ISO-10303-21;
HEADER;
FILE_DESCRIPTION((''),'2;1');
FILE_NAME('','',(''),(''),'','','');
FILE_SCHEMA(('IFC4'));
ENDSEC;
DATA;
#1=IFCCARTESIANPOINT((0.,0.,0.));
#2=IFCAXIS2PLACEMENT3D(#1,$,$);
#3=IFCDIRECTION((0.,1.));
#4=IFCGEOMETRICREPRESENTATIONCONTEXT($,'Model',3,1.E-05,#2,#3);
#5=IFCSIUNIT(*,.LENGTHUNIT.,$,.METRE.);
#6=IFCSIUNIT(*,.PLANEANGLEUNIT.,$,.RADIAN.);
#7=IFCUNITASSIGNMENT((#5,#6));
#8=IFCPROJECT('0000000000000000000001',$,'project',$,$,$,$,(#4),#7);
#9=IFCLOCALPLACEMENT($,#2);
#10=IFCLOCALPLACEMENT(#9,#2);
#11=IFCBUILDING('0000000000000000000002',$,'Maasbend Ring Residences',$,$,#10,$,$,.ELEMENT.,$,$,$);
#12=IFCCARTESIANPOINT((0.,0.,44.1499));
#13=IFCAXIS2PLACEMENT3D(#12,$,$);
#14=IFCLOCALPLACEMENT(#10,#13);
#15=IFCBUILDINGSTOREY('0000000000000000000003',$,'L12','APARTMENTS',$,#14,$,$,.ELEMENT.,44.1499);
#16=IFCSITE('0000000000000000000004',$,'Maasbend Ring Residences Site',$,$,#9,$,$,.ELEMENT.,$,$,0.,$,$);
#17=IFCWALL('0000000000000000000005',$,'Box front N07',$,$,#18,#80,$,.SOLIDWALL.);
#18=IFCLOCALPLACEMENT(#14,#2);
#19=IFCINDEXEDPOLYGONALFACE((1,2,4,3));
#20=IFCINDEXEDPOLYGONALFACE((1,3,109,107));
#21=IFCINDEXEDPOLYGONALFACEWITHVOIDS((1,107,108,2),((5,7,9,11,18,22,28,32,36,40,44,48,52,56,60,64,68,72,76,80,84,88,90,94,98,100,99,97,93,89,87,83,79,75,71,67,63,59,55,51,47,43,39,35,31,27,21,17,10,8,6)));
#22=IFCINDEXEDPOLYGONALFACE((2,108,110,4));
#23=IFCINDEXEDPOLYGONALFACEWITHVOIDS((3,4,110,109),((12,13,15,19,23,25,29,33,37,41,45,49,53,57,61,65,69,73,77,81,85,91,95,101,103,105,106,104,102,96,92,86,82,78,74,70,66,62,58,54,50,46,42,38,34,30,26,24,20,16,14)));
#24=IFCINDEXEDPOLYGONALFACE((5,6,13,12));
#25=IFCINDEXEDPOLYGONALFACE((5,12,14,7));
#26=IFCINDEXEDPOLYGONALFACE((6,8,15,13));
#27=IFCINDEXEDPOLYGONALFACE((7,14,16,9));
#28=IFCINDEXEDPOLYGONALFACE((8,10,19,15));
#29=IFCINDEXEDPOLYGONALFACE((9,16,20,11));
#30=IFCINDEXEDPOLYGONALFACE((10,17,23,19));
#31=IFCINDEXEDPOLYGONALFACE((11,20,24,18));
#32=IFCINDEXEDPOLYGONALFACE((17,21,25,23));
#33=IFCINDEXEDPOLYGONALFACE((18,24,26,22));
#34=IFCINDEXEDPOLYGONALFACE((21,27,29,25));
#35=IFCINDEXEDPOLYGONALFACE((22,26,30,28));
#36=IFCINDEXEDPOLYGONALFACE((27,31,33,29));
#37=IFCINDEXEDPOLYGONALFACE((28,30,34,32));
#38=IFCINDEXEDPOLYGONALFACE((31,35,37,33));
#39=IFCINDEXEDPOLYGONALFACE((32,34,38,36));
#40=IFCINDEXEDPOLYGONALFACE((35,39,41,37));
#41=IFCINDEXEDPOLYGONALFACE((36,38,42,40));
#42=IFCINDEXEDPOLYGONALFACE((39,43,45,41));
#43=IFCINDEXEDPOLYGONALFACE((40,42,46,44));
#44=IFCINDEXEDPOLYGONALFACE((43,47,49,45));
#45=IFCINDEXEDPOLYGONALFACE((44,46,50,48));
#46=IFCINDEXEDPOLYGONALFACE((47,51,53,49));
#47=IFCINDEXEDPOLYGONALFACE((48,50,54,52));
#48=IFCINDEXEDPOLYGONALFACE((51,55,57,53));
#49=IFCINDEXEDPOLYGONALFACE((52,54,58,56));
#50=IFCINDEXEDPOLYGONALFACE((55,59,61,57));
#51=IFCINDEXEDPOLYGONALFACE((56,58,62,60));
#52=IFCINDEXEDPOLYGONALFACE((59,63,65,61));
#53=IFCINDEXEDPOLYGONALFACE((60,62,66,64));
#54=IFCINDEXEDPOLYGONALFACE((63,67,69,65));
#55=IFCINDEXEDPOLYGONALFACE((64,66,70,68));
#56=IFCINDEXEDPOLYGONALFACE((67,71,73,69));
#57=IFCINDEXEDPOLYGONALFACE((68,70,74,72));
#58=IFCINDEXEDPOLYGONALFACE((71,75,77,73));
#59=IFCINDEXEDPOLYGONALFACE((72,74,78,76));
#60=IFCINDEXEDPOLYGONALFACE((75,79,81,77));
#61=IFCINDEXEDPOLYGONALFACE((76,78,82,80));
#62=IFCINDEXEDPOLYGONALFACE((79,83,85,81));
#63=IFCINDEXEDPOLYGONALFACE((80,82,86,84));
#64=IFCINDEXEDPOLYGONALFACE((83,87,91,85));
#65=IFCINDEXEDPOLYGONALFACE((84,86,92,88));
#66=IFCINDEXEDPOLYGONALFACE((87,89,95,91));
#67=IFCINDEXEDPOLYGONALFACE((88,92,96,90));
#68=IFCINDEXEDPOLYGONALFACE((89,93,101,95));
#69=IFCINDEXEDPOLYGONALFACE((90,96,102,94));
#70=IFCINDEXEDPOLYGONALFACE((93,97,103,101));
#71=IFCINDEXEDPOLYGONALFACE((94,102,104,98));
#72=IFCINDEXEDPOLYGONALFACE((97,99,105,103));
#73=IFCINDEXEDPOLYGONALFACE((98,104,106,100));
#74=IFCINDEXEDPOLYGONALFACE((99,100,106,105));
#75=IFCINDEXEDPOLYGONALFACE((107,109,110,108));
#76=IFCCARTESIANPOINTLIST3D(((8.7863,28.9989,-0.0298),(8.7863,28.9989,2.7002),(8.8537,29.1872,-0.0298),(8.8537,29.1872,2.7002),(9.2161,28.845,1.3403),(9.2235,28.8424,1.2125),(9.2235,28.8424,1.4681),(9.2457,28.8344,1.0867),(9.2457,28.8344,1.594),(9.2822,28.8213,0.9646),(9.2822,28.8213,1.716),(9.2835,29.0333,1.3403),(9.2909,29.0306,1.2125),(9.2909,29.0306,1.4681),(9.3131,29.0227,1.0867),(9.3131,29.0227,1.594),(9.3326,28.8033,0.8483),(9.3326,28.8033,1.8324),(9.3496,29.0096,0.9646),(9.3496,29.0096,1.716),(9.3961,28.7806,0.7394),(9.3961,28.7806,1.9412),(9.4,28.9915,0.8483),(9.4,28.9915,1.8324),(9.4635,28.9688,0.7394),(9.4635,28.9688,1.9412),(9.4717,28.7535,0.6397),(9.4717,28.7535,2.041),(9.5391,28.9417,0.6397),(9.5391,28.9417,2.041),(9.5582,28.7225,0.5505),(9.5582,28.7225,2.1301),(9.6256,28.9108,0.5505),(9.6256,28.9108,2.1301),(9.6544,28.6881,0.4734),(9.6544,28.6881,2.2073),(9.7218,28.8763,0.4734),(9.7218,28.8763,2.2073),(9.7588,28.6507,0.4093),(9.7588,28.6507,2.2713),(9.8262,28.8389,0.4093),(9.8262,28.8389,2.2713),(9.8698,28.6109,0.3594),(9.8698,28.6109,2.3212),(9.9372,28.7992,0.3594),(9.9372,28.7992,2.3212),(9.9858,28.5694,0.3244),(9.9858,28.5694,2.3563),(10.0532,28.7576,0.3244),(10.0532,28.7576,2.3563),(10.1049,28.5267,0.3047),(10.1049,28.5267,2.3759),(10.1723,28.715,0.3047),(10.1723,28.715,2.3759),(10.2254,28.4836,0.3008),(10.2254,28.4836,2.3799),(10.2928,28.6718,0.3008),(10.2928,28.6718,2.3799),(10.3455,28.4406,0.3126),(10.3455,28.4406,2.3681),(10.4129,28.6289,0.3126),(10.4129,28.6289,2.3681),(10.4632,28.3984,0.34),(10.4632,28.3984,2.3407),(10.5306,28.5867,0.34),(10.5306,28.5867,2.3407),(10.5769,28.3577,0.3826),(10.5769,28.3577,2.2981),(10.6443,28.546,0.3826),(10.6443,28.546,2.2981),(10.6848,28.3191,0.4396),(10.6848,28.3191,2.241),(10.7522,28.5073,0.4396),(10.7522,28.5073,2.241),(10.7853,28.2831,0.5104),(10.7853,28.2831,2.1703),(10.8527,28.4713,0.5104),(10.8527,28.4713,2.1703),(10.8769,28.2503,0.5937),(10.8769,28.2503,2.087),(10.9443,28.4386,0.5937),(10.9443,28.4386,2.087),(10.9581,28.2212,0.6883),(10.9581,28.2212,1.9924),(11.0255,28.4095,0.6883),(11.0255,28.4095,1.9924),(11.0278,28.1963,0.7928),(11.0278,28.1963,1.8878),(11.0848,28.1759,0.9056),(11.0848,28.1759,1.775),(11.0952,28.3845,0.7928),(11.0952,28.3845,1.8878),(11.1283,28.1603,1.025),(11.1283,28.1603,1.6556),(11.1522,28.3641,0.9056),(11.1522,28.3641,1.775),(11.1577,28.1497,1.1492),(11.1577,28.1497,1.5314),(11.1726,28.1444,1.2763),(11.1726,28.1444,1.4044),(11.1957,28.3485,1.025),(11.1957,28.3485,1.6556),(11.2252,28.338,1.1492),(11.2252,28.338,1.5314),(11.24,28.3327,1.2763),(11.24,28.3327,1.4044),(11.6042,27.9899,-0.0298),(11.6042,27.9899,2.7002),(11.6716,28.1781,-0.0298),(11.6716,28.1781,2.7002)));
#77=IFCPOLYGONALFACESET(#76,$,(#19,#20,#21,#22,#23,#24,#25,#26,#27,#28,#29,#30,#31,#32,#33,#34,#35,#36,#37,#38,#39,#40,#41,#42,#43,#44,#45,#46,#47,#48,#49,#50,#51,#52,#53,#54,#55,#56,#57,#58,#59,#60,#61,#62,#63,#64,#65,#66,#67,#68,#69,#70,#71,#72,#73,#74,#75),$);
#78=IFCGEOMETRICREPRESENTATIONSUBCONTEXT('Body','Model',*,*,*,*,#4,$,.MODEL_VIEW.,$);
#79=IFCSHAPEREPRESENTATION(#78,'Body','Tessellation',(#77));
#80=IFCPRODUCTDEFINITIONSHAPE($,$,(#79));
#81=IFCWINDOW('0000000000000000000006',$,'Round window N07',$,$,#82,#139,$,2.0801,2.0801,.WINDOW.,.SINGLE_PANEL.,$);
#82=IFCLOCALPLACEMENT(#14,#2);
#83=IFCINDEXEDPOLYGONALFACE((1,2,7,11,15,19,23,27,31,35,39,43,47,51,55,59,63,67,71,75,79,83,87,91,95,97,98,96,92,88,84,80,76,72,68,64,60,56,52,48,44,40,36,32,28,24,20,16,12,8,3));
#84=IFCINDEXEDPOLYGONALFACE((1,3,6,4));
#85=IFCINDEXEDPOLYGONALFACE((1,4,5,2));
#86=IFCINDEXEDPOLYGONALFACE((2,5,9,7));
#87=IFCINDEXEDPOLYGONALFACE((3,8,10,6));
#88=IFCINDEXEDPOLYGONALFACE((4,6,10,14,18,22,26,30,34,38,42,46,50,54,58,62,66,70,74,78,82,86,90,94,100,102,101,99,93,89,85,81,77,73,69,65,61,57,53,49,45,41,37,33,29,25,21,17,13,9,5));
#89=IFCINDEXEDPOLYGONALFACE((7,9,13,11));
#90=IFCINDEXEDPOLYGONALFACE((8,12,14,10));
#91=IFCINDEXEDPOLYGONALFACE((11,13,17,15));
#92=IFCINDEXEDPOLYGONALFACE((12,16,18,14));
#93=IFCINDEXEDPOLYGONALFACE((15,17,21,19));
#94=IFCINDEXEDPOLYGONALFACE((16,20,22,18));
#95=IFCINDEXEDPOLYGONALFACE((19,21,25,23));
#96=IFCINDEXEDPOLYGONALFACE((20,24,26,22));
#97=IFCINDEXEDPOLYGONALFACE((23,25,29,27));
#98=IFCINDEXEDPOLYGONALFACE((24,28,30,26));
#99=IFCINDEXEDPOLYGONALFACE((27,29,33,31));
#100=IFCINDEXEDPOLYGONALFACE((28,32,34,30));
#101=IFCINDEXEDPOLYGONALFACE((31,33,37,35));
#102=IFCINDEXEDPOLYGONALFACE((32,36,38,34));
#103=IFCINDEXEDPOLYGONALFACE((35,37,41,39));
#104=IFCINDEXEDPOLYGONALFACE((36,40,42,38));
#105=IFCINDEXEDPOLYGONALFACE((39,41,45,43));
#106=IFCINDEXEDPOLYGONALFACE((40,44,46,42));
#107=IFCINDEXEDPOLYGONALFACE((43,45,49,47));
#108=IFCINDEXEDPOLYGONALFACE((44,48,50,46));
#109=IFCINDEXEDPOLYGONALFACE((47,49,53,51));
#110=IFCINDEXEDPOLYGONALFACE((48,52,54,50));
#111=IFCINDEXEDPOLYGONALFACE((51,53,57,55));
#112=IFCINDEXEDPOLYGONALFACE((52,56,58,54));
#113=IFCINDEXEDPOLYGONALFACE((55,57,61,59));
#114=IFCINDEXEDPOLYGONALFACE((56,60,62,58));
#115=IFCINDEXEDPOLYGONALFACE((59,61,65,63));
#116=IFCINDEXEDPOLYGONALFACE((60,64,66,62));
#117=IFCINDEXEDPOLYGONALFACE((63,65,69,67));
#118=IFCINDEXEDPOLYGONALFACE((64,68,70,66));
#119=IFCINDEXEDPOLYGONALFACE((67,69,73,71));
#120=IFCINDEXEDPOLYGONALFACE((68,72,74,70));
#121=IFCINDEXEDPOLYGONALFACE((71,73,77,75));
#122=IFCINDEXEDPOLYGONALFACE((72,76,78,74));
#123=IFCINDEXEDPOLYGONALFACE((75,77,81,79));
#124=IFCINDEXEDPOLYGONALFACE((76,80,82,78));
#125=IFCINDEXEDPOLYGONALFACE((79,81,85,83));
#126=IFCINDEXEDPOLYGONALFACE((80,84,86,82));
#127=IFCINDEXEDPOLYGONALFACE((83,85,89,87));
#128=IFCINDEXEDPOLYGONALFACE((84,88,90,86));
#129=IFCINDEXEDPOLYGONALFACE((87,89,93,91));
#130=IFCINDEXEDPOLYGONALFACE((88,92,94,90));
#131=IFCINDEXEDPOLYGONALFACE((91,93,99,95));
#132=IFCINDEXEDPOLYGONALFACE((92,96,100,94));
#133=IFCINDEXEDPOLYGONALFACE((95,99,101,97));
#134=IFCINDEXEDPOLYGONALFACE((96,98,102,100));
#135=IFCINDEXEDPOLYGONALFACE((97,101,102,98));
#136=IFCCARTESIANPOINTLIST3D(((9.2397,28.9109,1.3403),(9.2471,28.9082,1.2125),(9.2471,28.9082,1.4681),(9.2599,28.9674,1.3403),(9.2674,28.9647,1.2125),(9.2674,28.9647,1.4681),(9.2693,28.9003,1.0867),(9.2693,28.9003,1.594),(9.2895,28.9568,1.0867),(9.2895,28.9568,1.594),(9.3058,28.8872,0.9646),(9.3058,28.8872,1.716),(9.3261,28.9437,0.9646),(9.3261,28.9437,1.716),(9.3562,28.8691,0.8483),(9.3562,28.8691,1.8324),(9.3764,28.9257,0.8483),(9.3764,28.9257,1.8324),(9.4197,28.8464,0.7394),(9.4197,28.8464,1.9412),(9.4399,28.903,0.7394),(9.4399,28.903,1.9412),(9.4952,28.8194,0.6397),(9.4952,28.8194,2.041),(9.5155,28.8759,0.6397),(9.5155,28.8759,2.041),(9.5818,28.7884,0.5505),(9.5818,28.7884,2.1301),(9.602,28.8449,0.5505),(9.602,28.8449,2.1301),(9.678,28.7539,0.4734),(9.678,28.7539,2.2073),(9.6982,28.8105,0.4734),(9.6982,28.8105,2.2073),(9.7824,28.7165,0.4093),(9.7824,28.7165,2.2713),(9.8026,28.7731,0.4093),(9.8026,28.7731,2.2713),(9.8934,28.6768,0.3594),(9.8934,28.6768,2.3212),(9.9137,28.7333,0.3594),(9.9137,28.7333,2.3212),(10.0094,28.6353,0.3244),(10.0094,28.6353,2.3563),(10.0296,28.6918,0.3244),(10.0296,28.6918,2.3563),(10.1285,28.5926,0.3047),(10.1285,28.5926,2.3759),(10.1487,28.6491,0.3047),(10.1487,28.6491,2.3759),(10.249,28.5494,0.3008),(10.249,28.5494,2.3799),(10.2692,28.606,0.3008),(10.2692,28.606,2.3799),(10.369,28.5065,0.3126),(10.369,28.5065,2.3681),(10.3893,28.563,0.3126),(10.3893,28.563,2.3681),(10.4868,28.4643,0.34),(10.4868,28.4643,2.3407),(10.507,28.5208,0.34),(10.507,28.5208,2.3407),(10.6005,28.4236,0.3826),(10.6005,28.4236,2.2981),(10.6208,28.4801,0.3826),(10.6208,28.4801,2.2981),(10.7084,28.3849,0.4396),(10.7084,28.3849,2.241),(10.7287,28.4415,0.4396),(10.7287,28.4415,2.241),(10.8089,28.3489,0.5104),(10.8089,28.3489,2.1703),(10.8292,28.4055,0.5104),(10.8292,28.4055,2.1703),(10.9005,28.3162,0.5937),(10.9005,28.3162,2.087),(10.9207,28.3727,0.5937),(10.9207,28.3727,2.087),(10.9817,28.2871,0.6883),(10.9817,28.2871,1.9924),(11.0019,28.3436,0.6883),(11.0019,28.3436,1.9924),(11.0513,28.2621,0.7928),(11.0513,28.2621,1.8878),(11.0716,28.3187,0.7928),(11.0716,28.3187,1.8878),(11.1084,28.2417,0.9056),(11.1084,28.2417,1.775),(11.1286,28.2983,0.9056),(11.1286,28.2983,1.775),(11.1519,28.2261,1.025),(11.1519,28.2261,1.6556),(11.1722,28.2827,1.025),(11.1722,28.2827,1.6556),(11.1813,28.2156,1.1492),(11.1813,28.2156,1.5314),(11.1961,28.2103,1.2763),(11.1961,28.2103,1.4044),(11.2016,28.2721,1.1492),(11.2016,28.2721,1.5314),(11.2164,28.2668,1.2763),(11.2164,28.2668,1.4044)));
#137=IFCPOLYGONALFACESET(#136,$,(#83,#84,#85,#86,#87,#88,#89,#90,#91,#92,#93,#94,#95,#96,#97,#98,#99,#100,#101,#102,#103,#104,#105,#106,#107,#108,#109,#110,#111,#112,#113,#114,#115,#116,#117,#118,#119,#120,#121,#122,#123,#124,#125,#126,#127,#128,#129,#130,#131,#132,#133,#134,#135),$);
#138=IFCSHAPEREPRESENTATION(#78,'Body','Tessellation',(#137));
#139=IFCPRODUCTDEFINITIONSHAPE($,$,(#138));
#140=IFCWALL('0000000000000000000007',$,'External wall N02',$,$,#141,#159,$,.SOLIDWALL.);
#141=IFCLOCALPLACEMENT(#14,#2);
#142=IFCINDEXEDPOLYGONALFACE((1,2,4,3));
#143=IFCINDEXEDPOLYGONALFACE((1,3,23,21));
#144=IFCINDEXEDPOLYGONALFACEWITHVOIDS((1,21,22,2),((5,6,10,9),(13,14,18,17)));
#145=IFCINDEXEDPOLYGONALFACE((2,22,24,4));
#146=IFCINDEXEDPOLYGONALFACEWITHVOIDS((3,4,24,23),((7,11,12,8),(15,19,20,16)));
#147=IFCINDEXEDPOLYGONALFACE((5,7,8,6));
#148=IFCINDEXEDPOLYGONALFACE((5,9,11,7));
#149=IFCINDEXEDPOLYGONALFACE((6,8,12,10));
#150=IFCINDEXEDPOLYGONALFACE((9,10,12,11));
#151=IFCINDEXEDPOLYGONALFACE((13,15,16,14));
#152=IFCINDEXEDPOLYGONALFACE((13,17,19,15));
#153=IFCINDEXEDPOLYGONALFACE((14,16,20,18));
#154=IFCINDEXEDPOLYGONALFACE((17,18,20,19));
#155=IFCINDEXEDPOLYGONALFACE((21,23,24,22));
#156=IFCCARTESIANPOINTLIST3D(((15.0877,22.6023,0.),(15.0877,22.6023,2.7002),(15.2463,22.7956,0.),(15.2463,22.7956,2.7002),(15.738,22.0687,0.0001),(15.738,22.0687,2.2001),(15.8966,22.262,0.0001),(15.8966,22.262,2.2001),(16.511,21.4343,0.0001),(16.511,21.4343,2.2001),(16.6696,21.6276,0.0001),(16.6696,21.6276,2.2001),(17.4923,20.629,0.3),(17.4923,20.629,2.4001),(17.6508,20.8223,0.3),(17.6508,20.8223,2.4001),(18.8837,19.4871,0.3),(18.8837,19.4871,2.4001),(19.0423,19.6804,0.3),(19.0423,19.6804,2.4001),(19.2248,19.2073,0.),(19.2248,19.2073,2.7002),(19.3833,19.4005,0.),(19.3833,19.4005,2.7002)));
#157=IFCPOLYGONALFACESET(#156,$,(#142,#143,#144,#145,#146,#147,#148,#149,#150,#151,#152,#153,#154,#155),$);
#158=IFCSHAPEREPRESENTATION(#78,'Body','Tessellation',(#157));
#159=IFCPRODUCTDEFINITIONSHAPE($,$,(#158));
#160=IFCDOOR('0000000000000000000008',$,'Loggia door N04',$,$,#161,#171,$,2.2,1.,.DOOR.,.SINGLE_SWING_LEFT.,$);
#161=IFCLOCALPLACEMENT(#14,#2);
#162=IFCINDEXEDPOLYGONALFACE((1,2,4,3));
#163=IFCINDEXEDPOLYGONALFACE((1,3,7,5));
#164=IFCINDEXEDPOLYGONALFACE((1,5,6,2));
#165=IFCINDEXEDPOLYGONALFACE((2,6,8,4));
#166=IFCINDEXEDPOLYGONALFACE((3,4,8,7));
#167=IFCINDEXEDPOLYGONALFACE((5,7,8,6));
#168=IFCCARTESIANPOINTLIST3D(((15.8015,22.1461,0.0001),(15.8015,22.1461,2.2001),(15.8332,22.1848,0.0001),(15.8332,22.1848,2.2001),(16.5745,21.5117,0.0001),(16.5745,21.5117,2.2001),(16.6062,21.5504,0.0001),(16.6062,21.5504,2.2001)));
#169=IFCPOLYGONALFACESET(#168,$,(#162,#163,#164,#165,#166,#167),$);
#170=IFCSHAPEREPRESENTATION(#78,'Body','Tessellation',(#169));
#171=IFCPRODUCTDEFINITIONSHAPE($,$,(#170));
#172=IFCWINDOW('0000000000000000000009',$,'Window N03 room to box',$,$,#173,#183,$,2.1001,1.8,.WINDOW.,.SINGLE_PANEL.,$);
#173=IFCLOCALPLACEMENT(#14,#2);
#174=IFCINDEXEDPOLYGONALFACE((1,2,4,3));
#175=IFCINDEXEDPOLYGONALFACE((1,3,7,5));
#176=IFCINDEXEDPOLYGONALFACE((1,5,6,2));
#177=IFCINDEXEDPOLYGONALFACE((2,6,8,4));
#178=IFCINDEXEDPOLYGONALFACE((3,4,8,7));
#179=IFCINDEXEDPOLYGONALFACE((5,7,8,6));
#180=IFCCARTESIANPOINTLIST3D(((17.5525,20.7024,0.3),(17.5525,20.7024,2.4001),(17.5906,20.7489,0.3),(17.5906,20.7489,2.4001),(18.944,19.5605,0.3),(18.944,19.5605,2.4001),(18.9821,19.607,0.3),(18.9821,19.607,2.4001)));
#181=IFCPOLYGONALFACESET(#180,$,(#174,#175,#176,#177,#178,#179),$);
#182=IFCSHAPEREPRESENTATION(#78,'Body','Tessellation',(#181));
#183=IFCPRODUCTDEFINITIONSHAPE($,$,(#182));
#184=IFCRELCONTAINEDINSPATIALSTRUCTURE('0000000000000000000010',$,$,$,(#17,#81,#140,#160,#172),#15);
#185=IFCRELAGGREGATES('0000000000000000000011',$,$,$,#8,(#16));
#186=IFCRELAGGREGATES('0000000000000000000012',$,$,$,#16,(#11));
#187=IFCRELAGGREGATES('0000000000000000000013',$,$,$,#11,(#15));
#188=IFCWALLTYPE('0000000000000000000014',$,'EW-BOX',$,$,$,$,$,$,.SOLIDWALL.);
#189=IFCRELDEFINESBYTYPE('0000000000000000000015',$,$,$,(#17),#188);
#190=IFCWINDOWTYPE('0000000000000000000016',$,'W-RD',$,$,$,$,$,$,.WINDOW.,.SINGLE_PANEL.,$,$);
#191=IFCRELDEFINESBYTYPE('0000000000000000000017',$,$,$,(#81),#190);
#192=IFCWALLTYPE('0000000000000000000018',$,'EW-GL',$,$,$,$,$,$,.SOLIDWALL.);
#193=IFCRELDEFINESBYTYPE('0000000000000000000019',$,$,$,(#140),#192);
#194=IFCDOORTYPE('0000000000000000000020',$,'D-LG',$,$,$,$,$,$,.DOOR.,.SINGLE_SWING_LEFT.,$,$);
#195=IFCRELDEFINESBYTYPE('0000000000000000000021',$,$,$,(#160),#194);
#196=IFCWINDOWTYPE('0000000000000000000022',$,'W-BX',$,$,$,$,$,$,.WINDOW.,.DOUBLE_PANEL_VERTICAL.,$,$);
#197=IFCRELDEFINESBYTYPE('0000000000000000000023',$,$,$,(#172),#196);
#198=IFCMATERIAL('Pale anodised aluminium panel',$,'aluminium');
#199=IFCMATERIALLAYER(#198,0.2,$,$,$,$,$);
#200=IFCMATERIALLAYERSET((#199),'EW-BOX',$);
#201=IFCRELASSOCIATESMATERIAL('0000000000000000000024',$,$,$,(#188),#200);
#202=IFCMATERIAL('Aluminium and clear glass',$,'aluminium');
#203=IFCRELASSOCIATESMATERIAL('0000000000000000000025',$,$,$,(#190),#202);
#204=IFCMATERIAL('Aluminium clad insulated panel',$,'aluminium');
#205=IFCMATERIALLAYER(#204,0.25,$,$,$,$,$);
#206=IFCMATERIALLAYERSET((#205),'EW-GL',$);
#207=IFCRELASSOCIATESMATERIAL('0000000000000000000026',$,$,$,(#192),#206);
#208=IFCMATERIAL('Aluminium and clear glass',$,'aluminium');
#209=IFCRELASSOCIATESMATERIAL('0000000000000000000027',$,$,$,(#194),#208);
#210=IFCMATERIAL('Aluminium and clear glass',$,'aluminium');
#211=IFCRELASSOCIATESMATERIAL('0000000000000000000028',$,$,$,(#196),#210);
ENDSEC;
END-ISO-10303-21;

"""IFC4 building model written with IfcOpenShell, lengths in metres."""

from ifc_helpers import new_model, si_unit, direction, frame, frame_2d, origin, place, context, subcontext, project, spatial, rectangle, circle, extrude, material, layer, layer_set, type_object, element, fill, save


model = new_model("IFC4")

# Units and contexts
model_context = context("Model", 3, precision=1e-05, world=origin(), true_north=direction((0.0, 1.0)))
body_context = subcontext(model_context, "Body", "Model", "MODEL_VIEW")
ifc_project = project(units=[si_unit("LENGTHUNIT", "METRE"), si_unit("PLANEANGLEUNIT", "RADIAN")], contexts=[model_context])

# Site, building, storey
site_placement = place(None, origin())
site = spatial("IfcSite", under=ifc_project, at=site_placement, Name="Maasbend Ring Residences Site", CompositionType="ELEMENT", RefElevation=0.0)
building_placement = place(site_placement, origin())
building = spatial("IfcBuilding", under=site, at=building_placement, Name="Maasbend Ring Residences", CompositionType="ELEMENT")
storey_placement = place(building_placement, frame((0.0, 0.0, 44.1499)))
storey = spatial("IfcBuildingStorey", under=building, at=storey_placement, Name="L12", Description="APARTMENTS", CompositionType="ELEMENT", Elevation=44.1499)

# Shared definitions
ifc_material_1 = material(Name="Pale anodised aluminium panel", Category="aluminium")
ifc_layer_1 = layer(ifc_material_1, 0.2)
ifc_layer_set_1 = layer_set([ifc_layer_1], Name="EW-BOX")
wall_type_1 = type_object("IfcWallType", Name="EW-BOX", PredefinedType="SOLIDWALL", material=ifc_layer_set_1)
ifc_material_2 = material(Name="Aluminium and clear glass", Category="aluminium")
window_type_1 = type_object("IfcWindowType", Name="W-RD", PartitioningType="SINGLE_PANEL", PredefinedType="WINDOW", material=ifc_material_2)

# Wall, opening, window
wall_1_placement = place(storey_placement, frame((11.6379, 28.084, -0.0298), z_axis=(0.0, 0.0, 1.0), x_axis=(-0.941461, 0.337122, 0.0)))
wall_1 = element("IfcWall", 1, at=wall_1_placement, inside=storey, type_object=wall_type_1, Name="Box front N07", PredefinedType="SOLIDWALL", context=body_context, shape_type="SweptSolid", body=[
    extrude(rectangle(XDim=2.9932, YDim=0.2, at=frame_2d((1.4966, 0.0))), origin(), (0.0, 0.0, 1.0), 2.73),
])
opening_1_placement = place(wall_1_placement, frame((0.4565, 0.0, 0.3301)))
opening_1 = element("IfcOpeningElement", 2, at=opening_1_placement, cuts=wall_1, PredefinedType="OPENING", context=body_context, shape_type="SweptSolid", body=[
    extrude(circle(Radius=1.04, at=frame_2d((1.04, 1.04))), frame((0.0, 0.1099, 0.0), z_axis=(0.0, -1.0, 0.0), x_axis=(1.0, 0.0, 0.0)), (0.0, 0.0, 1.0), 0.22),
])
window_1_placement = place(opening_1_placement, origin())
window_1 = element("IfcWindow", 3, at=window_1_placement, inside=storey, type_object=window_type_1, Name="Round window N07", OverallHeight=2.0801, OverallWidth=2.0801, PartitioningType="SINGLE_PANEL", PredefinedType="WINDOW", context=body_context, shape_type="SweptSolid", body=[
    extrude(circle(Radius=1.04, at=frame_2d((1.04, 1.04))), frame((0.0, 0.03, 0.0), z_axis=(0.0, -1.0, 0.0), x_axis=(1.0, 0.0, 0.0)), (0.0, 0.0, 1.0), 0.0601),
])
fill(opening_1, window_1)

# Wall, openings, door, window
ifc_material_3 = material(Name="Aluminium clad insulated panel", Category="aluminium")
ifc_layer_2 = layer(ifc_material_3, 0.25)
ifc_layer_set_2 = layer_set([ifc_layer_2], Name="EW-GL")
wall_type_2 = type_object("IfcWallType", Name="EW-GL", PredefinedType="SOLIDWALL", material=ifc_layer_set_2)
wall_2_placement = place(storey_placement, frame((19.304, 19.304, 0.0), z_axis=(0.0, 0.0, 1.0), x_axis=(-0.773019, 0.634382, 0.0)))
wall_2 = element("IfcWall", 4, at=wall_2_placement, inside=storey, type_object=wall_type_2, Name="External wall N02", PredefinedType="SOLIDWALL", context=body_context, shape_type="SweptSolid", body=[
    extrude(rectangle(XDim=5.3518, YDim=0.25, at=frame_2d((2.6758, 0.0))), origin(), (0.0, 0.0, 1.0), 2.7002),
])
opening_2_placement = place(wall_2_placement, frame((0.4412, 0.0, 0.3)))
opening_2 = element("IfcOpeningElement", 5, at=opening_2_placement, cuts=wall_2, PredefinedType="OPENING", context=body_context, shape_type="SweptSolid", body=[
    extrude(rectangle(XDim=1.8, YDim=2.1001, at=frame_2d((0.8999, 1.05))), frame((0.0, 0.135, 0.0), z_axis=(0.0, -1.0, 0.0), x_axis=(1.0, 0.0, 0.0)), (0.0, 0.0, 1.0), 0.27),
])
opening_3_placement = place(wall_2_placement, frame((3.5105, 0.0, 0.0)))
opening_3 = element("IfcOpeningElement", 6, at=opening_3_placement, cuts=wall_2, PredefinedType="OPENING", context=body_context, shape_type="SweptSolid", body=[
    extrude(rectangle(XDim=1.0, YDim=2.2, at=frame_2d((0.5, 1.1001))), frame((0.0, 0.135, 0.0), z_axis=(0.0, -1.0, 0.0), x_axis=(1.0, 0.0, 0.0)), (0.0, 0.0, 1.0), 0.27),
])
ifc_material_4 = material(Name="Aluminium and clear glass", Category="aluminium")
door_type = type_object("IfcDoorType", Name="D-LG", OperationType="SINGLE_SWING_LEFT", PredefinedType="DOOR", material=ifc_material_4)
door_1_placement = place(opening_3_placement, origin())
door_1 = element("IfcDoor", 7, at=door_1_placement, inside=storey, type_object=door_type, Name="Loggia door N04", OperationType="SINGLE_SWING_LEFT", OverallHeight=2.2, OverallWidth=1.0, PredefinedType="DOOR", context=body_context, shape_type="SweptSolid", body=[
    extrude(rectangle(XDim=1.0, YDim=2.2, at=frame_2d((0.5, 1.1001))), frame((0.0, 0.0249, 0.0), z_axis=(0.0, -1.0, 0.0), x_axis=(1.0, 0.0, 0.0)), (0.0, 0.0, 1.0), 0.05),
])
fill(opening_3, door_1)
ifc_material_5 = material(Name="Aluminium and clear glass", Category="aluminium")
window_type_2 = type_object("IfcWindowType", Name="W-BX", PartitioningType="DOUBLE_PANEL_VERTICAL", PredefinedType="WINDOW", material=ifc_material_5)
window_2_placement = place(opening_2_placement, origin())
window_2 = element("IfcWindow", 8, at=window_2_placement, inside=storey, type_object=window_type_2, Name="Window N03 room to box", OverallHeight=2.1001, OverallWidth=1.8, PartitioningType="SINGLE_PANEL", PredefinedType="WINDOW", context=body_context, shape_type="SweptSolid", body=[
    extrude(rectangle(XDim=1.8, YDim=2.1001, at=frame_2d((0.8999, 1.05))), frame((0.0, 0.03, 0.0), z_axis=(0.0, -1.0, 0.0), x_axis=(1.0, 0.0, 0.0)), (0.0, 0.0, 1.0), 0.0601),
])
fill(opening_2, window_2)

save(model, "model.ifc")
